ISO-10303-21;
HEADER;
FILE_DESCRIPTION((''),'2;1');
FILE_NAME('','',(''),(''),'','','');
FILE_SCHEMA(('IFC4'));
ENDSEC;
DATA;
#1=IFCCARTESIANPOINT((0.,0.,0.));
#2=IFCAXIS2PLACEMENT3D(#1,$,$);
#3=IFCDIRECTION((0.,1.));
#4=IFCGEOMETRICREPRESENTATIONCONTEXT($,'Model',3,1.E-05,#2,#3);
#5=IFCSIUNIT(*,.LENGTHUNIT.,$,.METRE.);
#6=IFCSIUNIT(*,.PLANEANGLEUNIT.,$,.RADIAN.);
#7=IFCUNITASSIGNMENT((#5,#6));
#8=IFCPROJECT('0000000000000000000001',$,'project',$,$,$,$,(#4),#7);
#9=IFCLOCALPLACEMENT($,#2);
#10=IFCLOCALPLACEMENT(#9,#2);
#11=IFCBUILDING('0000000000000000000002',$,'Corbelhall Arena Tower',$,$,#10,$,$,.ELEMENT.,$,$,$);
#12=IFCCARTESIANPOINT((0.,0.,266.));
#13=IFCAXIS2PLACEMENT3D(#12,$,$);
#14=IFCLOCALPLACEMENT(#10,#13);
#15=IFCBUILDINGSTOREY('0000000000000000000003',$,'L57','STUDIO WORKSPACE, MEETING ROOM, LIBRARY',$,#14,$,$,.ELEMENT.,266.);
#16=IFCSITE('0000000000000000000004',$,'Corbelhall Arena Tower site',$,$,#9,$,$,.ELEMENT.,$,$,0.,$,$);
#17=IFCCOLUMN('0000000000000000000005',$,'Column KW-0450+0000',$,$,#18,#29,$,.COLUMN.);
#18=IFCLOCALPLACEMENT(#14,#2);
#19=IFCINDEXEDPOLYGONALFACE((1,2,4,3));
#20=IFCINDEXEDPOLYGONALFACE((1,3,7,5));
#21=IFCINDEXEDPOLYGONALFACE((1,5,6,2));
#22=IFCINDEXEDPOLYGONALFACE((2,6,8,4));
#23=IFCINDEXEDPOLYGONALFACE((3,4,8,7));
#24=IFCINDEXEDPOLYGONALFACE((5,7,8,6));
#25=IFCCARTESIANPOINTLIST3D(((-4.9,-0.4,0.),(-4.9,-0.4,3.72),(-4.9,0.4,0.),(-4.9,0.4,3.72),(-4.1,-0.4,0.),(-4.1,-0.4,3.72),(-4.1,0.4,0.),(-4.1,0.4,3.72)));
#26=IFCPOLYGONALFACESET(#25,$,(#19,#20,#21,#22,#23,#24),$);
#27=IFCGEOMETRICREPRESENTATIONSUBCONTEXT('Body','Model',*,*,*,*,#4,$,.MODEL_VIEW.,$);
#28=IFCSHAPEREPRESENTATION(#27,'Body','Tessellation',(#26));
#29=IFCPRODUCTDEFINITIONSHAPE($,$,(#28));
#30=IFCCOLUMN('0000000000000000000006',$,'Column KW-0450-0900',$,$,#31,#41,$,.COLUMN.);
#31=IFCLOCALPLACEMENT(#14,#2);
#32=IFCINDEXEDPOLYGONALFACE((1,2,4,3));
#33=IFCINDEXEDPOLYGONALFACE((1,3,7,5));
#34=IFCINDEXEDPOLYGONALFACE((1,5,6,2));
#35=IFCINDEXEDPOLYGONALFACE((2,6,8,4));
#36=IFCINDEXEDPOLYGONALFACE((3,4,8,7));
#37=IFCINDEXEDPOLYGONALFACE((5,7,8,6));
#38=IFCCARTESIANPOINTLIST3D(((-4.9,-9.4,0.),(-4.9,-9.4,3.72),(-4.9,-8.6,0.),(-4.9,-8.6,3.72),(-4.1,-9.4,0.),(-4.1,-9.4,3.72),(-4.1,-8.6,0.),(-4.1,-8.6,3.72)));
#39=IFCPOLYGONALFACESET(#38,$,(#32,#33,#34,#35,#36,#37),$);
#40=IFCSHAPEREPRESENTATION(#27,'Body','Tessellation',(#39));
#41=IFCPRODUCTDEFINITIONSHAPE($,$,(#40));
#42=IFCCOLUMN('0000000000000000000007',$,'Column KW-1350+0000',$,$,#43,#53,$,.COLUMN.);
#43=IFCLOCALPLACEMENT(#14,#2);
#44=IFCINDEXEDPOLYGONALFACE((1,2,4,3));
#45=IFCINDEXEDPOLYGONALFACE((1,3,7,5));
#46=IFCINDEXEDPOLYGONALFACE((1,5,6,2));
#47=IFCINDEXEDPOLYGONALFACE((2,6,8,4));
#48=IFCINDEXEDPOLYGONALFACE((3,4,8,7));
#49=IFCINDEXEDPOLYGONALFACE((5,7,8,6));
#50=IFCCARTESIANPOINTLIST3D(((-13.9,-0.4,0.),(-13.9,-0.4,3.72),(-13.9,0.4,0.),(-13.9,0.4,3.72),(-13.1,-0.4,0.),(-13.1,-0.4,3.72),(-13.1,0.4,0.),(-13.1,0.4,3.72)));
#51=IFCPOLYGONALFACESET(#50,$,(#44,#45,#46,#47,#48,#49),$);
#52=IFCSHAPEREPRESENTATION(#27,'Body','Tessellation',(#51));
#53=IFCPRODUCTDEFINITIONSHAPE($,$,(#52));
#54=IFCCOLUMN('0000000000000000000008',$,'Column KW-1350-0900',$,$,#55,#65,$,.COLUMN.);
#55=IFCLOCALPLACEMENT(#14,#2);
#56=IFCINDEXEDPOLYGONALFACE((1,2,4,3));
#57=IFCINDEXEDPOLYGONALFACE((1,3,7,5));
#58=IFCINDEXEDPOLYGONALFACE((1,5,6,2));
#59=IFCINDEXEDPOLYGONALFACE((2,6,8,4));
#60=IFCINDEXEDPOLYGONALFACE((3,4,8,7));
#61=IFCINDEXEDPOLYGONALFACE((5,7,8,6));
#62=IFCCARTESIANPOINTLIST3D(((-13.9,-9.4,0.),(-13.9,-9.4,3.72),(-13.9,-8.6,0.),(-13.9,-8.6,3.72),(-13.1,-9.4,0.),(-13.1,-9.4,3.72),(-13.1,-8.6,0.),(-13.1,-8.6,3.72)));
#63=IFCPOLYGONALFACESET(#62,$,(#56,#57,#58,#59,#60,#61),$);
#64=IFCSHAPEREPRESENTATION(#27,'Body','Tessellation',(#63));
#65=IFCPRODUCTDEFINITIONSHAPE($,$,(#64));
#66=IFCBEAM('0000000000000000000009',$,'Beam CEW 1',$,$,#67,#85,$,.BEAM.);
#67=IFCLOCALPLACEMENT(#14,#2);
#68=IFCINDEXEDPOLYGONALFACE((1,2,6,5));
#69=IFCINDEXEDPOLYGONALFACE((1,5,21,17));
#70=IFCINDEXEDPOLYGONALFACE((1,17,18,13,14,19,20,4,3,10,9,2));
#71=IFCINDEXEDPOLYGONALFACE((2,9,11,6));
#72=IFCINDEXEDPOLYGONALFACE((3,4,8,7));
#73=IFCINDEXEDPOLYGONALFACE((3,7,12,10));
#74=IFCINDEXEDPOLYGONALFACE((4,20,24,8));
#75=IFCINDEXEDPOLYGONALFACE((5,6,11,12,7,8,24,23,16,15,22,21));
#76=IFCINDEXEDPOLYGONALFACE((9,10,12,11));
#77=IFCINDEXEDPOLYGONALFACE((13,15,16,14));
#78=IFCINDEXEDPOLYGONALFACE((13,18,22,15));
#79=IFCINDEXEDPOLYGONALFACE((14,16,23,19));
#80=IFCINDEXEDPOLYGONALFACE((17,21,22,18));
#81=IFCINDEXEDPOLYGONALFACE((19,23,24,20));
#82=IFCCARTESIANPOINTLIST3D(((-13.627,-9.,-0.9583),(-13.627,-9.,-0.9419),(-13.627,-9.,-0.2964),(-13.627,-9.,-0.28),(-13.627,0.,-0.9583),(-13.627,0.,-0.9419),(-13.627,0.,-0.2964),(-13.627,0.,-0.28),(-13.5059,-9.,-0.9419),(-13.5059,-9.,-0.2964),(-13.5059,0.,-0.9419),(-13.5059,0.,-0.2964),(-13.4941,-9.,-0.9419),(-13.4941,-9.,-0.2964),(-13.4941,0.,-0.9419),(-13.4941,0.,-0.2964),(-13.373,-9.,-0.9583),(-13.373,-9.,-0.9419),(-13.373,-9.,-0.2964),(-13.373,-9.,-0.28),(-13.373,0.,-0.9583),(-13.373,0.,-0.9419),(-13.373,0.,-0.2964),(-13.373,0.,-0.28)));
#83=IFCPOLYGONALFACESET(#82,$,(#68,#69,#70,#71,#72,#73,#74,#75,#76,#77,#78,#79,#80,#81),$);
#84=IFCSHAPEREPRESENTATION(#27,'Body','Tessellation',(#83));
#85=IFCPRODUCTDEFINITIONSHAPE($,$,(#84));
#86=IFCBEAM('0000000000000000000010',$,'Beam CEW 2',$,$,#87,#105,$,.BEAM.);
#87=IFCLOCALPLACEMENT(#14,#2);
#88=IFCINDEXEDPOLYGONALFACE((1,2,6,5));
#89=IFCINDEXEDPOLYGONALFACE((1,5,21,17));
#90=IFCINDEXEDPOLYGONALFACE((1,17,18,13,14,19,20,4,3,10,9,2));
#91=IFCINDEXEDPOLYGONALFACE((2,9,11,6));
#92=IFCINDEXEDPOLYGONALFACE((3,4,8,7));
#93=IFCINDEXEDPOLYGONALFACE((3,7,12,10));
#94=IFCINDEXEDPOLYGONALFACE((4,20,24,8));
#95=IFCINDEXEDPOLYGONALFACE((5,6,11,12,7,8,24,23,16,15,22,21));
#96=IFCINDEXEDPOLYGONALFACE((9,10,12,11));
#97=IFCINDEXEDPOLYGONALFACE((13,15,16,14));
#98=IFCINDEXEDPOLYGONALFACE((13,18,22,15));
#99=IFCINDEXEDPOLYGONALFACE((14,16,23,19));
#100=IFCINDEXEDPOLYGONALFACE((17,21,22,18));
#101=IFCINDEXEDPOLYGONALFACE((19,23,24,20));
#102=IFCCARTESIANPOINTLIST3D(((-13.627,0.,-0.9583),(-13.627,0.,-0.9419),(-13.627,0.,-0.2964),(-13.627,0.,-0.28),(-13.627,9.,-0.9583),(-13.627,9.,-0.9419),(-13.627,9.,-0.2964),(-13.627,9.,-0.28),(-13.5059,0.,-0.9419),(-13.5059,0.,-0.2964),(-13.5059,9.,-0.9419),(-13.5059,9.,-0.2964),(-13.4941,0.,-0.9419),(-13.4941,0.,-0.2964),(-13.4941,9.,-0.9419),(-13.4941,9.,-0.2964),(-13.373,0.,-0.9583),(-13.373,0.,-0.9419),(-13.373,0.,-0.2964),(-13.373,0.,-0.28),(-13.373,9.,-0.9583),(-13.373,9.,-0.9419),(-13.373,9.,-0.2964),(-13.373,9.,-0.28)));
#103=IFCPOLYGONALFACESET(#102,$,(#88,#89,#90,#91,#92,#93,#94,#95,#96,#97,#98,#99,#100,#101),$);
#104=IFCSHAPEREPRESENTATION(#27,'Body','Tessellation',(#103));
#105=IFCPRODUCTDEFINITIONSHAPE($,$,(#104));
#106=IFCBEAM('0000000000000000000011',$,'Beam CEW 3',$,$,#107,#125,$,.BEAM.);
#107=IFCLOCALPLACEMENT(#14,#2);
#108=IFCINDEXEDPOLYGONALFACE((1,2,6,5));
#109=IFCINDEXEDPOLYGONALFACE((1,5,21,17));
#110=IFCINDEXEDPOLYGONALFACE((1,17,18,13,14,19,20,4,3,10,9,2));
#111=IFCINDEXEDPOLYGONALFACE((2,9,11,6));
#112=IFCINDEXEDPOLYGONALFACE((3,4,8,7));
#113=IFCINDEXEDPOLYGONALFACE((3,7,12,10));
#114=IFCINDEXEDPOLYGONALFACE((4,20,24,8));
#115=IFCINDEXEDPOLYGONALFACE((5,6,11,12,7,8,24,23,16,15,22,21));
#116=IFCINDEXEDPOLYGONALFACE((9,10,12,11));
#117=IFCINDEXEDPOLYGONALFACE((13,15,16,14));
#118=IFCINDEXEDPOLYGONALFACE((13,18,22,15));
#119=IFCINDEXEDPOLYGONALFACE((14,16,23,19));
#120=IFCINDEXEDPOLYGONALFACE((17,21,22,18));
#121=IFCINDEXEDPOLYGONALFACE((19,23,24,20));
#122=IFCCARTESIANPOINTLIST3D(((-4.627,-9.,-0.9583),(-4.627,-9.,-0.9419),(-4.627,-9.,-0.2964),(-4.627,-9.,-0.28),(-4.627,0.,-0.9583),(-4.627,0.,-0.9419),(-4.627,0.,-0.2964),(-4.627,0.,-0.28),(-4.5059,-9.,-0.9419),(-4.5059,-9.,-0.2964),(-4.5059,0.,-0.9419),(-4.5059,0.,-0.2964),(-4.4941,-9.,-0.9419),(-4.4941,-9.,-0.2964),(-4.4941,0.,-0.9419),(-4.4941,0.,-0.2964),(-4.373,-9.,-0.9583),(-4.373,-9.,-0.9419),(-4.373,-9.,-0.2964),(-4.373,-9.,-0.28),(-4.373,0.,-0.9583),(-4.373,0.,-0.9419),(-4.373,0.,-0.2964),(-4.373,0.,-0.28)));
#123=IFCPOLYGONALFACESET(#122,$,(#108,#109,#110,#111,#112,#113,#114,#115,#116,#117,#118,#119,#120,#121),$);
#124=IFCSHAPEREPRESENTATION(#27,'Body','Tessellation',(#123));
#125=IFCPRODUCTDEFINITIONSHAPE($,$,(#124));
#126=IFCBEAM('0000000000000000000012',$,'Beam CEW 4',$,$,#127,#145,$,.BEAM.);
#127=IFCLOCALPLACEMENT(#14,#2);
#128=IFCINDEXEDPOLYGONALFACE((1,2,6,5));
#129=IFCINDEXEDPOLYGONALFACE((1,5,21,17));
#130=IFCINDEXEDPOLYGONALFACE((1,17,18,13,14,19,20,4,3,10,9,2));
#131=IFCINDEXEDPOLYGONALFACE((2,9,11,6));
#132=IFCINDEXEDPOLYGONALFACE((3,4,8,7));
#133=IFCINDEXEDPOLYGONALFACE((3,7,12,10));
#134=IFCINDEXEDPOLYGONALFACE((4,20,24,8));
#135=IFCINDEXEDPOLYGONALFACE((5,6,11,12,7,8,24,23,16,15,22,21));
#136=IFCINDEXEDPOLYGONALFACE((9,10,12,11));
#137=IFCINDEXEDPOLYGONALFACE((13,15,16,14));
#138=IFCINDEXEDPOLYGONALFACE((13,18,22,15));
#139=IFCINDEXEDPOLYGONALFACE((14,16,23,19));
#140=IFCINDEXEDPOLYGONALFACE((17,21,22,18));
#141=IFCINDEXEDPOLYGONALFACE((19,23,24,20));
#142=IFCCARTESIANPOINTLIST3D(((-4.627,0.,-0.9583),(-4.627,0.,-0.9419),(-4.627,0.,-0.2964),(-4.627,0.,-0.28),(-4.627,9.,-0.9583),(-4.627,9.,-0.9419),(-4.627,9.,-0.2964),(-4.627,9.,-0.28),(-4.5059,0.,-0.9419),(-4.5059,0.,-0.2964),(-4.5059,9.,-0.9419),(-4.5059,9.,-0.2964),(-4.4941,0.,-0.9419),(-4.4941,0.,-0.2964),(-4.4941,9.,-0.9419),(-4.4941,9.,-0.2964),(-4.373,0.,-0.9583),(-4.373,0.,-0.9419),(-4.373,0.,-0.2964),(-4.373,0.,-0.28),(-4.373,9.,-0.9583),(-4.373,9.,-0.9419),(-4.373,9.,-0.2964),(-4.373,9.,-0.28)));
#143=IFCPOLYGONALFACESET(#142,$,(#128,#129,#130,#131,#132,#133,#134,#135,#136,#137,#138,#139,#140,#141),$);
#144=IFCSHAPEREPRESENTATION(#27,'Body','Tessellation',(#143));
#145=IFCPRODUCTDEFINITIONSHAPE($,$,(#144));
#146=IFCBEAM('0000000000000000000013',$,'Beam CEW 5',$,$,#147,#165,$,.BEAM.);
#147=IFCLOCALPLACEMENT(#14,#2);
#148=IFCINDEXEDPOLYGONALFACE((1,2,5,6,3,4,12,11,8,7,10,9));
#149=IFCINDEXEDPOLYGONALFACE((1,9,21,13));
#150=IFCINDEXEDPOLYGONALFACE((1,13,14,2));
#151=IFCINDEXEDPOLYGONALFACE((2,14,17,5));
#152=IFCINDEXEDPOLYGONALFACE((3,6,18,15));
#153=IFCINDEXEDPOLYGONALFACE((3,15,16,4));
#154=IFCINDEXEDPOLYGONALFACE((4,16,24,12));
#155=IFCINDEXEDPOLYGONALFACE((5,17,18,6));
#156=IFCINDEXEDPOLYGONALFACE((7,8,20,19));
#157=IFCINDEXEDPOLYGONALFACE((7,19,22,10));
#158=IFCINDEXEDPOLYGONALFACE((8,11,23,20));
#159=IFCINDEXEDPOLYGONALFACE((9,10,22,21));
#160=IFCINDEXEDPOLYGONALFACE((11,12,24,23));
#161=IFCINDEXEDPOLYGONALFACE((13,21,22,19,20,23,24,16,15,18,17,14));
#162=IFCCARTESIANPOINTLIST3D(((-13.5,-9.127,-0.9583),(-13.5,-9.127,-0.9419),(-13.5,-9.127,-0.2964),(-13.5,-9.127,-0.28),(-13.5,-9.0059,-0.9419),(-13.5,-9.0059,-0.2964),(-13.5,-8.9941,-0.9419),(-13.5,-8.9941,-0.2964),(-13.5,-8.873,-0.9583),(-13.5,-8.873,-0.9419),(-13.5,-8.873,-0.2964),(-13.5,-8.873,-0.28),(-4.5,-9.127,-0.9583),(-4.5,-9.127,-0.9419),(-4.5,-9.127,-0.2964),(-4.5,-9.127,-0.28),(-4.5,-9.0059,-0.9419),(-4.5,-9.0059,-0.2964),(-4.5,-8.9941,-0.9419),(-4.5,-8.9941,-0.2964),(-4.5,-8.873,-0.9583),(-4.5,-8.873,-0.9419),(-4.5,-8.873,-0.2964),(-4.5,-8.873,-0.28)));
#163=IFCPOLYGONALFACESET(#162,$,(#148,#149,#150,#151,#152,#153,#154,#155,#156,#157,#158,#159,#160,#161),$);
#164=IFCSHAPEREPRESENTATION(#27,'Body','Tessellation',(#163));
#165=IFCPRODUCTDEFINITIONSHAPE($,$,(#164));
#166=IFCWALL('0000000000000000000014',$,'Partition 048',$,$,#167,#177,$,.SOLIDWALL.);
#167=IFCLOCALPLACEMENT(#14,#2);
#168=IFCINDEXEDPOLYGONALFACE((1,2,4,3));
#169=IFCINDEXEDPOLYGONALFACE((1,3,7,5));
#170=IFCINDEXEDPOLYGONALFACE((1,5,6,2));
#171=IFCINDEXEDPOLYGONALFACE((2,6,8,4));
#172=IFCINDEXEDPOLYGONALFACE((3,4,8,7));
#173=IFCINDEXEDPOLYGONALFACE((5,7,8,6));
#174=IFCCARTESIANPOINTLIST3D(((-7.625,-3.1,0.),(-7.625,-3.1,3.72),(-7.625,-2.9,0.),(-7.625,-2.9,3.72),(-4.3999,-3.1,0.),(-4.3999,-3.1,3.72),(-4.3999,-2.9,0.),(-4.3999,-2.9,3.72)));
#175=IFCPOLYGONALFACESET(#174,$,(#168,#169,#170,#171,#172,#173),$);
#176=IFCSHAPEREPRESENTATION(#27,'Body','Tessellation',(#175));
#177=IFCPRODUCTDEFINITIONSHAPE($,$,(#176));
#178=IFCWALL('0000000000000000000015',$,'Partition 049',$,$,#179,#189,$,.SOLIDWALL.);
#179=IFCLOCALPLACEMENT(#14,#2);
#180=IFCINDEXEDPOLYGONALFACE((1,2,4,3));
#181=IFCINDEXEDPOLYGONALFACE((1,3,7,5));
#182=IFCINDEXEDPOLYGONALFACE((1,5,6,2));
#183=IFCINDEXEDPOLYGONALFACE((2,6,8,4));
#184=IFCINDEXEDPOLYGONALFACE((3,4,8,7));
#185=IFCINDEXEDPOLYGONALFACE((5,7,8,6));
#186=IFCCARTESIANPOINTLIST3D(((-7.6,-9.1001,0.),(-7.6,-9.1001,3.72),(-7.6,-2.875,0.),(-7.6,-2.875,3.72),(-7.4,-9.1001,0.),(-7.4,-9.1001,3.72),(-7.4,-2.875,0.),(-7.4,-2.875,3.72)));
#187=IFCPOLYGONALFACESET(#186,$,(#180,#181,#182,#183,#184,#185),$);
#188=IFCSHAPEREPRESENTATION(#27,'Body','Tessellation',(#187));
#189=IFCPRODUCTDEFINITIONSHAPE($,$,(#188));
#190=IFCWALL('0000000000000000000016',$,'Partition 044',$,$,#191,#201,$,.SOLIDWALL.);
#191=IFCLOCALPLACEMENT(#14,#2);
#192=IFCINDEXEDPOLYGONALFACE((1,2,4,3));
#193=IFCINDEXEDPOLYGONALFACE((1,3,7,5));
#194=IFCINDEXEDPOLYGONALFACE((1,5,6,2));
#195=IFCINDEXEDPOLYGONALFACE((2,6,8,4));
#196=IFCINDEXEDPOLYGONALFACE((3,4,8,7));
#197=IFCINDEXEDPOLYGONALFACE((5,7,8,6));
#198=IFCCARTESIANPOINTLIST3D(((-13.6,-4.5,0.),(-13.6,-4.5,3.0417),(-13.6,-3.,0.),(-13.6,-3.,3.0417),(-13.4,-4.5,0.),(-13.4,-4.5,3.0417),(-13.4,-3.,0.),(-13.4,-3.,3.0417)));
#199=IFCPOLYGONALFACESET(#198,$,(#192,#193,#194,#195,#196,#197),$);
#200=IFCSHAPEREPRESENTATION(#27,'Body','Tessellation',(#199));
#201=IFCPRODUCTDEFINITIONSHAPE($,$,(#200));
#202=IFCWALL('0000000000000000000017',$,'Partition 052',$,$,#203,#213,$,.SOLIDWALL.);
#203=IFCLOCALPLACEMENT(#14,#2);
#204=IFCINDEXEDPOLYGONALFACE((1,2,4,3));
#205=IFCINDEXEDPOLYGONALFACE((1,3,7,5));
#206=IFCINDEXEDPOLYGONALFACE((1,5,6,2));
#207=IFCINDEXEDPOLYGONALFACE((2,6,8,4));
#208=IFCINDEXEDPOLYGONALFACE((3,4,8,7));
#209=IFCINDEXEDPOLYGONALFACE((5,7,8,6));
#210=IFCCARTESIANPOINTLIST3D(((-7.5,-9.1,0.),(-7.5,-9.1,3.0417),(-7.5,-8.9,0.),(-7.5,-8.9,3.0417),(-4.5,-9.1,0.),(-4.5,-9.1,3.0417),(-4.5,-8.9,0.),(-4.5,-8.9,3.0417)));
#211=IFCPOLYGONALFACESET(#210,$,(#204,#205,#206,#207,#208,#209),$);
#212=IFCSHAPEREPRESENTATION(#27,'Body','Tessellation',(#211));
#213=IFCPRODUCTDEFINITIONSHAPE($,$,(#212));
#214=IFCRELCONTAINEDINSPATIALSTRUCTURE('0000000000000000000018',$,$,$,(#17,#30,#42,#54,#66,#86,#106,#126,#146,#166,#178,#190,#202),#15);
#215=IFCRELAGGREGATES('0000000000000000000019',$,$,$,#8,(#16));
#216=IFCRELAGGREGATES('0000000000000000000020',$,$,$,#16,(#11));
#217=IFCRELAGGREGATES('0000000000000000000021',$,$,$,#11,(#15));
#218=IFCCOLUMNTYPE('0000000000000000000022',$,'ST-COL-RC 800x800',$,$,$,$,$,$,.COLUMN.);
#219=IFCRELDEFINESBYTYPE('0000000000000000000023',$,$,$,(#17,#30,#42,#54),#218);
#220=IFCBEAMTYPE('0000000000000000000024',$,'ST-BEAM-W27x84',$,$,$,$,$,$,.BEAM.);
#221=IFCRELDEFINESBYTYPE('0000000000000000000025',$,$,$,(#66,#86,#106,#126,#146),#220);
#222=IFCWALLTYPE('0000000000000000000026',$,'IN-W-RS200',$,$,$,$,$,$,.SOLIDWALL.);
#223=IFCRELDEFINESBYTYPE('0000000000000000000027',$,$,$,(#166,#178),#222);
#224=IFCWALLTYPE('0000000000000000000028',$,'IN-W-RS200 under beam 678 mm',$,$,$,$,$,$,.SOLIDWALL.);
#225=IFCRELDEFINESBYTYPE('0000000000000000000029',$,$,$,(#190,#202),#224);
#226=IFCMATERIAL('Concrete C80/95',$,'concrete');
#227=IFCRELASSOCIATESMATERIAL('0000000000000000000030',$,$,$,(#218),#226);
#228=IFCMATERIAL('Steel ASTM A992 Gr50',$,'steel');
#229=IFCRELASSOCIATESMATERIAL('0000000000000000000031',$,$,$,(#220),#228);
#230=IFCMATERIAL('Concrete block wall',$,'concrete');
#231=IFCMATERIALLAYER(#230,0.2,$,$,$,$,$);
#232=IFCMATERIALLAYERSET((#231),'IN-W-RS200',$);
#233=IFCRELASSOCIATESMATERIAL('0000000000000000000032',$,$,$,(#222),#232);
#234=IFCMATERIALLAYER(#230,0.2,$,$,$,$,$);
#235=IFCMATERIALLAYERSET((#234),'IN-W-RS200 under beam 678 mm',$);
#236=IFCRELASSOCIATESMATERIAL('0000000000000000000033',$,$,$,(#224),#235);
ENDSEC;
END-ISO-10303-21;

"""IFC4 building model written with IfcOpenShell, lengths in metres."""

from ifc_helpers import new_model, si_unit, direction, frame, frame_2d, origin, origin_2d, place, context, subcontext, project, spatial, rectangle, i_section, extrude, material, layer, layer_set, material_profile, profile_set, type_object, element, save


model = new_model("IFC4")

# Units and contexts
model_context = context("Model", 3, precision=1e-05, world=origin(), true_north=direction((0.0, 1.0)))
body_context = subcontext(model_context, "Body", "Model", "MODEL_VIEW")
ifc_project = project(units=[si_unit("LENGTHUNIT", "METRE"), si_unit("PLANEANGLEUNIT", "RADIAN")], contexts=[model_context])

# Site, building, storey
site_placement = place(None, origin())
site = spatial("IfcSite", under=ifc_project, at=site_placement, Name="Corbelhall Arena Tower site", CompositionType="ELEMENT", RefElevation=0.0)
building_placement = place(site_placement, origin())
building = spatial("IfcBuilding", under=site, at=building_placement, Name="Corbelhall Arena Tower", CompositionType="ELEMENT")
storey_placement = place(building_placement, frame((0.0, 0.0, 266.0)))
storey = spatial("IfcBuildingStorey", under=building, at=storey_placement, Name="L57", Description="STUDIO WORKSPACE, MEETING ROOM, LIBRARY", CompositionType="ELEMENT", Elevation=266.0)

# Columns
ifc_material_1 = material(Name="Concrete C80/95", Category="concrete")
ifc_material_profile_1 = material_profile(ifc_material_1, rectangle(XDim=0.8, YDim=0.8, at=origin_2d()))
ifc_profile_set_1 = profile_set([ifc_material_profile_1], Name="Concrete C80/95")
column_type = type_object("IfcColumnType", Name="ST-COL-RC 800x800", PredefinedType="COLUMN", material=ifc_profile_set_1)
for number, where, z_axis, x_axis, name in (
    (1, (-4.5, 0.0, 0.0), (0.0, 0.0, 1.0), (1.0, 0.0, 0.0), "Column KW-0450+0000"),
    (2, (-4.5, -9.0, 0.0), (0.0, 0.0, 1.0), (1.0, 0.0, 0.0), "Column KW-0450-0900"),
    (3, (-13.5, 0.0, 0.0), (0.0, 0.0, 1.0), (1.0, 0.0, 0.0), "Column KW-1350+0000"),
    (4, (-13.5, -9.0, 0.0), (0.0, 0.0, 1.0), (1.0, 0.0, 0.0), "Column KW-1350-0900"),
):
    element("IfcColumn", number, at=place(storey_placement, frame(where, z_axis=z_axis, x_axis=x_axis)), inside=storey, type_object=column_type, Name=name, PredefinedType="COLUMN", context=body_context, shape_type="SweptSolid", body=[
        extrude(rectangle(XDim=0.8, YDim=0.8, at=origin_2d()), origin(), (0.0, 0.0, 1.0), 3.72),
    ])

# Beams
ifc_material_2 = material(Name="Steel ASTM A992 Gr50", Category="steel")
ifc_material_profile_2 = material_profile(ifc_material_2, i_section(OverallWidth=0.2539, OverallDepth=0.6782, WebThickness=0.0117, FlangeThickness=0.0164, at=origin_2d()))
ifc_profile_set_2 = profile_set([ifc_material_profile_2], Name="Steel ASTM A992 Gr50")
beam_type = type_object("IfcBeamType", Name="ST-BEAM-W27x84", PredefinedType="BEAM", material=ifc_profile_set_2)
for number, where, z_axis, x_axis, name in (
    (5, (-13.5, -9.0, -0.6191), (0.0, 1.0, 0.0), (-1.0, 0.0, 0.0), "Beam CEW 1"),
    (6, (-13.5, 0.0, -0.6191), (0.0, 1.0, 0.0), (-1.0, 0.0, 0.0), "Beam CEW 2"),
    (7, (-4.5, -9.0, -0.6191), (0.0, 1.0, 0.0), (-1.0, 0.0, 0.0), "Beam CEW 3"),
    (8, (-4.5, 0.0, -0.6191), (0.0, 1.0, 0.0), (-1.0, 0.0, 0.0), "Beam CEW 4"),
    (9, (-13.5, -9.0, -0.6191), (1.0, 0.0, 0.0), (0.0, 1.0, 0.0), "Beam CEW 5"),
):
    element("IfcBeam", number, at=place(storey_placement, frame(where, z_axis=z_axis, x_axis=x_axis)), inside=storey, type_object=beam_type, Name=name, PredefinedType="BEAM", context=body_context, shape_type="SweptSolid", body=[
        extrude(i_section(OverallWidth=0.2539, OverallDepth=0.6782, WebThickness=0.0117, FlangeThickness=0.0164, at=origin_2d()), origin(), (0.0, 0.0, 1.0), 9.0),
    ])

# Shared definitions
ifc_material_3 = material(Name="Concrete block wall", Category="concrete")
ifc_layer_1 = layer(ifc_material_3, 0.2)
ifc_layer_set_1 = layer_set([ifc_layer_1], Name="IN-W-RS200")
wall_type_1 = type_object("IfcWallType", Name="IN-W-RS200", PredefinedType="SOLIDWALL", material=ifc_layer_set_1)

# Walls
wall_1_placement = place(storey_placement, frame((-7.625, -3.0, 0.0), z_axis=(0.0, 0.0, 1.0), x_axis=(1.0, 0.0, 0.0)))
element("IfcWall", 10, at=wall_1_placement, inside=storey, type_object=wall_type_1, Name="Partition 048", PredefinedType="SOLIDWALL", context=body_context, shape_type="SweptSolid", body=[
    extrude(rectangle(XDim=3.2251, YDim=0.2, at=frame_2d((1.6125, 0.0))), origin(), (0.0, 0.0, 1.0), 3.72),
])
wall_2_placement = place(storey_placement, frame((-7.5, -9.1001, 0.0), z_axis=(0.0, 0.0, 1.0), x_axis=(0.0, 1.0, 0.0)))
element("IfcWall", 11, at=wall_2_placement, inside=storey, type_object=wall_type_1, Name="Partition 049", PredefinedType="SOLIDWALL", context=body_context, shape_type="SweptSolid", body=[
    extrude(rectangle(XDim=6.2251, YDim=0.2, at=frame_2d((3.1125, 0.0))), origin(), (0.0, 0.0, 1.0), 3.72),
])
ifc_layer_2 = layer(ifc_material_3, 0.2)
ifc_layer_set_2 = layer_set([ifc_layer_2], Name="IN-W-RS200 under beam 678 mm")
wall_type_2 = type_object("IfcWallType", Name="IN-W-RS200 under beam 678 mm", PredefinedType="SOLIDWALL", material=ifc_layer_set_2)
wall_3_placement = place(storey_placement, frame((-13.5, -4.5, 0.0), z_axis=(0.0, 0.0, 1.0), x_axis=(0.0, 1.0, 0.0)))
element("IfcWall", 12, at=wall_3_placement, inside=storey, type_object=wall_type_2, Name="Partition 044", PredefinedType="SOLIDWALL", context=body_context, shape_type="SweptSolid", body=[
    extrude(rectangle(XDim=1.5, YDim=0.2, at=frame_2d((0.75, 0.0))), origin(), (0.0, 0.0, 1.0), 3.0417),
])
wall_4_placement = place(storey_placement, frame((-4.5, -9.0, 0.0), z_axis=(0.0, 0.0, 1.0), x_axis=(-1.0, 0.0, 0.0)))
element("IfcWall", 13, at=wall_4_placement, inside=storey, type_object=wall_type_2, Name="Partition 052", PredefinedType="SOLIDWALL", context=body_context, shape_type="SweptSolid", body=[
    extrude(rectangle(XDim=3.0, YDim=0.2, at=frame_2d((1.5, 0.0))), origin(), (0.0, 0.0, 1.0), 3.0417),
])

save(model, "model.ifc")
